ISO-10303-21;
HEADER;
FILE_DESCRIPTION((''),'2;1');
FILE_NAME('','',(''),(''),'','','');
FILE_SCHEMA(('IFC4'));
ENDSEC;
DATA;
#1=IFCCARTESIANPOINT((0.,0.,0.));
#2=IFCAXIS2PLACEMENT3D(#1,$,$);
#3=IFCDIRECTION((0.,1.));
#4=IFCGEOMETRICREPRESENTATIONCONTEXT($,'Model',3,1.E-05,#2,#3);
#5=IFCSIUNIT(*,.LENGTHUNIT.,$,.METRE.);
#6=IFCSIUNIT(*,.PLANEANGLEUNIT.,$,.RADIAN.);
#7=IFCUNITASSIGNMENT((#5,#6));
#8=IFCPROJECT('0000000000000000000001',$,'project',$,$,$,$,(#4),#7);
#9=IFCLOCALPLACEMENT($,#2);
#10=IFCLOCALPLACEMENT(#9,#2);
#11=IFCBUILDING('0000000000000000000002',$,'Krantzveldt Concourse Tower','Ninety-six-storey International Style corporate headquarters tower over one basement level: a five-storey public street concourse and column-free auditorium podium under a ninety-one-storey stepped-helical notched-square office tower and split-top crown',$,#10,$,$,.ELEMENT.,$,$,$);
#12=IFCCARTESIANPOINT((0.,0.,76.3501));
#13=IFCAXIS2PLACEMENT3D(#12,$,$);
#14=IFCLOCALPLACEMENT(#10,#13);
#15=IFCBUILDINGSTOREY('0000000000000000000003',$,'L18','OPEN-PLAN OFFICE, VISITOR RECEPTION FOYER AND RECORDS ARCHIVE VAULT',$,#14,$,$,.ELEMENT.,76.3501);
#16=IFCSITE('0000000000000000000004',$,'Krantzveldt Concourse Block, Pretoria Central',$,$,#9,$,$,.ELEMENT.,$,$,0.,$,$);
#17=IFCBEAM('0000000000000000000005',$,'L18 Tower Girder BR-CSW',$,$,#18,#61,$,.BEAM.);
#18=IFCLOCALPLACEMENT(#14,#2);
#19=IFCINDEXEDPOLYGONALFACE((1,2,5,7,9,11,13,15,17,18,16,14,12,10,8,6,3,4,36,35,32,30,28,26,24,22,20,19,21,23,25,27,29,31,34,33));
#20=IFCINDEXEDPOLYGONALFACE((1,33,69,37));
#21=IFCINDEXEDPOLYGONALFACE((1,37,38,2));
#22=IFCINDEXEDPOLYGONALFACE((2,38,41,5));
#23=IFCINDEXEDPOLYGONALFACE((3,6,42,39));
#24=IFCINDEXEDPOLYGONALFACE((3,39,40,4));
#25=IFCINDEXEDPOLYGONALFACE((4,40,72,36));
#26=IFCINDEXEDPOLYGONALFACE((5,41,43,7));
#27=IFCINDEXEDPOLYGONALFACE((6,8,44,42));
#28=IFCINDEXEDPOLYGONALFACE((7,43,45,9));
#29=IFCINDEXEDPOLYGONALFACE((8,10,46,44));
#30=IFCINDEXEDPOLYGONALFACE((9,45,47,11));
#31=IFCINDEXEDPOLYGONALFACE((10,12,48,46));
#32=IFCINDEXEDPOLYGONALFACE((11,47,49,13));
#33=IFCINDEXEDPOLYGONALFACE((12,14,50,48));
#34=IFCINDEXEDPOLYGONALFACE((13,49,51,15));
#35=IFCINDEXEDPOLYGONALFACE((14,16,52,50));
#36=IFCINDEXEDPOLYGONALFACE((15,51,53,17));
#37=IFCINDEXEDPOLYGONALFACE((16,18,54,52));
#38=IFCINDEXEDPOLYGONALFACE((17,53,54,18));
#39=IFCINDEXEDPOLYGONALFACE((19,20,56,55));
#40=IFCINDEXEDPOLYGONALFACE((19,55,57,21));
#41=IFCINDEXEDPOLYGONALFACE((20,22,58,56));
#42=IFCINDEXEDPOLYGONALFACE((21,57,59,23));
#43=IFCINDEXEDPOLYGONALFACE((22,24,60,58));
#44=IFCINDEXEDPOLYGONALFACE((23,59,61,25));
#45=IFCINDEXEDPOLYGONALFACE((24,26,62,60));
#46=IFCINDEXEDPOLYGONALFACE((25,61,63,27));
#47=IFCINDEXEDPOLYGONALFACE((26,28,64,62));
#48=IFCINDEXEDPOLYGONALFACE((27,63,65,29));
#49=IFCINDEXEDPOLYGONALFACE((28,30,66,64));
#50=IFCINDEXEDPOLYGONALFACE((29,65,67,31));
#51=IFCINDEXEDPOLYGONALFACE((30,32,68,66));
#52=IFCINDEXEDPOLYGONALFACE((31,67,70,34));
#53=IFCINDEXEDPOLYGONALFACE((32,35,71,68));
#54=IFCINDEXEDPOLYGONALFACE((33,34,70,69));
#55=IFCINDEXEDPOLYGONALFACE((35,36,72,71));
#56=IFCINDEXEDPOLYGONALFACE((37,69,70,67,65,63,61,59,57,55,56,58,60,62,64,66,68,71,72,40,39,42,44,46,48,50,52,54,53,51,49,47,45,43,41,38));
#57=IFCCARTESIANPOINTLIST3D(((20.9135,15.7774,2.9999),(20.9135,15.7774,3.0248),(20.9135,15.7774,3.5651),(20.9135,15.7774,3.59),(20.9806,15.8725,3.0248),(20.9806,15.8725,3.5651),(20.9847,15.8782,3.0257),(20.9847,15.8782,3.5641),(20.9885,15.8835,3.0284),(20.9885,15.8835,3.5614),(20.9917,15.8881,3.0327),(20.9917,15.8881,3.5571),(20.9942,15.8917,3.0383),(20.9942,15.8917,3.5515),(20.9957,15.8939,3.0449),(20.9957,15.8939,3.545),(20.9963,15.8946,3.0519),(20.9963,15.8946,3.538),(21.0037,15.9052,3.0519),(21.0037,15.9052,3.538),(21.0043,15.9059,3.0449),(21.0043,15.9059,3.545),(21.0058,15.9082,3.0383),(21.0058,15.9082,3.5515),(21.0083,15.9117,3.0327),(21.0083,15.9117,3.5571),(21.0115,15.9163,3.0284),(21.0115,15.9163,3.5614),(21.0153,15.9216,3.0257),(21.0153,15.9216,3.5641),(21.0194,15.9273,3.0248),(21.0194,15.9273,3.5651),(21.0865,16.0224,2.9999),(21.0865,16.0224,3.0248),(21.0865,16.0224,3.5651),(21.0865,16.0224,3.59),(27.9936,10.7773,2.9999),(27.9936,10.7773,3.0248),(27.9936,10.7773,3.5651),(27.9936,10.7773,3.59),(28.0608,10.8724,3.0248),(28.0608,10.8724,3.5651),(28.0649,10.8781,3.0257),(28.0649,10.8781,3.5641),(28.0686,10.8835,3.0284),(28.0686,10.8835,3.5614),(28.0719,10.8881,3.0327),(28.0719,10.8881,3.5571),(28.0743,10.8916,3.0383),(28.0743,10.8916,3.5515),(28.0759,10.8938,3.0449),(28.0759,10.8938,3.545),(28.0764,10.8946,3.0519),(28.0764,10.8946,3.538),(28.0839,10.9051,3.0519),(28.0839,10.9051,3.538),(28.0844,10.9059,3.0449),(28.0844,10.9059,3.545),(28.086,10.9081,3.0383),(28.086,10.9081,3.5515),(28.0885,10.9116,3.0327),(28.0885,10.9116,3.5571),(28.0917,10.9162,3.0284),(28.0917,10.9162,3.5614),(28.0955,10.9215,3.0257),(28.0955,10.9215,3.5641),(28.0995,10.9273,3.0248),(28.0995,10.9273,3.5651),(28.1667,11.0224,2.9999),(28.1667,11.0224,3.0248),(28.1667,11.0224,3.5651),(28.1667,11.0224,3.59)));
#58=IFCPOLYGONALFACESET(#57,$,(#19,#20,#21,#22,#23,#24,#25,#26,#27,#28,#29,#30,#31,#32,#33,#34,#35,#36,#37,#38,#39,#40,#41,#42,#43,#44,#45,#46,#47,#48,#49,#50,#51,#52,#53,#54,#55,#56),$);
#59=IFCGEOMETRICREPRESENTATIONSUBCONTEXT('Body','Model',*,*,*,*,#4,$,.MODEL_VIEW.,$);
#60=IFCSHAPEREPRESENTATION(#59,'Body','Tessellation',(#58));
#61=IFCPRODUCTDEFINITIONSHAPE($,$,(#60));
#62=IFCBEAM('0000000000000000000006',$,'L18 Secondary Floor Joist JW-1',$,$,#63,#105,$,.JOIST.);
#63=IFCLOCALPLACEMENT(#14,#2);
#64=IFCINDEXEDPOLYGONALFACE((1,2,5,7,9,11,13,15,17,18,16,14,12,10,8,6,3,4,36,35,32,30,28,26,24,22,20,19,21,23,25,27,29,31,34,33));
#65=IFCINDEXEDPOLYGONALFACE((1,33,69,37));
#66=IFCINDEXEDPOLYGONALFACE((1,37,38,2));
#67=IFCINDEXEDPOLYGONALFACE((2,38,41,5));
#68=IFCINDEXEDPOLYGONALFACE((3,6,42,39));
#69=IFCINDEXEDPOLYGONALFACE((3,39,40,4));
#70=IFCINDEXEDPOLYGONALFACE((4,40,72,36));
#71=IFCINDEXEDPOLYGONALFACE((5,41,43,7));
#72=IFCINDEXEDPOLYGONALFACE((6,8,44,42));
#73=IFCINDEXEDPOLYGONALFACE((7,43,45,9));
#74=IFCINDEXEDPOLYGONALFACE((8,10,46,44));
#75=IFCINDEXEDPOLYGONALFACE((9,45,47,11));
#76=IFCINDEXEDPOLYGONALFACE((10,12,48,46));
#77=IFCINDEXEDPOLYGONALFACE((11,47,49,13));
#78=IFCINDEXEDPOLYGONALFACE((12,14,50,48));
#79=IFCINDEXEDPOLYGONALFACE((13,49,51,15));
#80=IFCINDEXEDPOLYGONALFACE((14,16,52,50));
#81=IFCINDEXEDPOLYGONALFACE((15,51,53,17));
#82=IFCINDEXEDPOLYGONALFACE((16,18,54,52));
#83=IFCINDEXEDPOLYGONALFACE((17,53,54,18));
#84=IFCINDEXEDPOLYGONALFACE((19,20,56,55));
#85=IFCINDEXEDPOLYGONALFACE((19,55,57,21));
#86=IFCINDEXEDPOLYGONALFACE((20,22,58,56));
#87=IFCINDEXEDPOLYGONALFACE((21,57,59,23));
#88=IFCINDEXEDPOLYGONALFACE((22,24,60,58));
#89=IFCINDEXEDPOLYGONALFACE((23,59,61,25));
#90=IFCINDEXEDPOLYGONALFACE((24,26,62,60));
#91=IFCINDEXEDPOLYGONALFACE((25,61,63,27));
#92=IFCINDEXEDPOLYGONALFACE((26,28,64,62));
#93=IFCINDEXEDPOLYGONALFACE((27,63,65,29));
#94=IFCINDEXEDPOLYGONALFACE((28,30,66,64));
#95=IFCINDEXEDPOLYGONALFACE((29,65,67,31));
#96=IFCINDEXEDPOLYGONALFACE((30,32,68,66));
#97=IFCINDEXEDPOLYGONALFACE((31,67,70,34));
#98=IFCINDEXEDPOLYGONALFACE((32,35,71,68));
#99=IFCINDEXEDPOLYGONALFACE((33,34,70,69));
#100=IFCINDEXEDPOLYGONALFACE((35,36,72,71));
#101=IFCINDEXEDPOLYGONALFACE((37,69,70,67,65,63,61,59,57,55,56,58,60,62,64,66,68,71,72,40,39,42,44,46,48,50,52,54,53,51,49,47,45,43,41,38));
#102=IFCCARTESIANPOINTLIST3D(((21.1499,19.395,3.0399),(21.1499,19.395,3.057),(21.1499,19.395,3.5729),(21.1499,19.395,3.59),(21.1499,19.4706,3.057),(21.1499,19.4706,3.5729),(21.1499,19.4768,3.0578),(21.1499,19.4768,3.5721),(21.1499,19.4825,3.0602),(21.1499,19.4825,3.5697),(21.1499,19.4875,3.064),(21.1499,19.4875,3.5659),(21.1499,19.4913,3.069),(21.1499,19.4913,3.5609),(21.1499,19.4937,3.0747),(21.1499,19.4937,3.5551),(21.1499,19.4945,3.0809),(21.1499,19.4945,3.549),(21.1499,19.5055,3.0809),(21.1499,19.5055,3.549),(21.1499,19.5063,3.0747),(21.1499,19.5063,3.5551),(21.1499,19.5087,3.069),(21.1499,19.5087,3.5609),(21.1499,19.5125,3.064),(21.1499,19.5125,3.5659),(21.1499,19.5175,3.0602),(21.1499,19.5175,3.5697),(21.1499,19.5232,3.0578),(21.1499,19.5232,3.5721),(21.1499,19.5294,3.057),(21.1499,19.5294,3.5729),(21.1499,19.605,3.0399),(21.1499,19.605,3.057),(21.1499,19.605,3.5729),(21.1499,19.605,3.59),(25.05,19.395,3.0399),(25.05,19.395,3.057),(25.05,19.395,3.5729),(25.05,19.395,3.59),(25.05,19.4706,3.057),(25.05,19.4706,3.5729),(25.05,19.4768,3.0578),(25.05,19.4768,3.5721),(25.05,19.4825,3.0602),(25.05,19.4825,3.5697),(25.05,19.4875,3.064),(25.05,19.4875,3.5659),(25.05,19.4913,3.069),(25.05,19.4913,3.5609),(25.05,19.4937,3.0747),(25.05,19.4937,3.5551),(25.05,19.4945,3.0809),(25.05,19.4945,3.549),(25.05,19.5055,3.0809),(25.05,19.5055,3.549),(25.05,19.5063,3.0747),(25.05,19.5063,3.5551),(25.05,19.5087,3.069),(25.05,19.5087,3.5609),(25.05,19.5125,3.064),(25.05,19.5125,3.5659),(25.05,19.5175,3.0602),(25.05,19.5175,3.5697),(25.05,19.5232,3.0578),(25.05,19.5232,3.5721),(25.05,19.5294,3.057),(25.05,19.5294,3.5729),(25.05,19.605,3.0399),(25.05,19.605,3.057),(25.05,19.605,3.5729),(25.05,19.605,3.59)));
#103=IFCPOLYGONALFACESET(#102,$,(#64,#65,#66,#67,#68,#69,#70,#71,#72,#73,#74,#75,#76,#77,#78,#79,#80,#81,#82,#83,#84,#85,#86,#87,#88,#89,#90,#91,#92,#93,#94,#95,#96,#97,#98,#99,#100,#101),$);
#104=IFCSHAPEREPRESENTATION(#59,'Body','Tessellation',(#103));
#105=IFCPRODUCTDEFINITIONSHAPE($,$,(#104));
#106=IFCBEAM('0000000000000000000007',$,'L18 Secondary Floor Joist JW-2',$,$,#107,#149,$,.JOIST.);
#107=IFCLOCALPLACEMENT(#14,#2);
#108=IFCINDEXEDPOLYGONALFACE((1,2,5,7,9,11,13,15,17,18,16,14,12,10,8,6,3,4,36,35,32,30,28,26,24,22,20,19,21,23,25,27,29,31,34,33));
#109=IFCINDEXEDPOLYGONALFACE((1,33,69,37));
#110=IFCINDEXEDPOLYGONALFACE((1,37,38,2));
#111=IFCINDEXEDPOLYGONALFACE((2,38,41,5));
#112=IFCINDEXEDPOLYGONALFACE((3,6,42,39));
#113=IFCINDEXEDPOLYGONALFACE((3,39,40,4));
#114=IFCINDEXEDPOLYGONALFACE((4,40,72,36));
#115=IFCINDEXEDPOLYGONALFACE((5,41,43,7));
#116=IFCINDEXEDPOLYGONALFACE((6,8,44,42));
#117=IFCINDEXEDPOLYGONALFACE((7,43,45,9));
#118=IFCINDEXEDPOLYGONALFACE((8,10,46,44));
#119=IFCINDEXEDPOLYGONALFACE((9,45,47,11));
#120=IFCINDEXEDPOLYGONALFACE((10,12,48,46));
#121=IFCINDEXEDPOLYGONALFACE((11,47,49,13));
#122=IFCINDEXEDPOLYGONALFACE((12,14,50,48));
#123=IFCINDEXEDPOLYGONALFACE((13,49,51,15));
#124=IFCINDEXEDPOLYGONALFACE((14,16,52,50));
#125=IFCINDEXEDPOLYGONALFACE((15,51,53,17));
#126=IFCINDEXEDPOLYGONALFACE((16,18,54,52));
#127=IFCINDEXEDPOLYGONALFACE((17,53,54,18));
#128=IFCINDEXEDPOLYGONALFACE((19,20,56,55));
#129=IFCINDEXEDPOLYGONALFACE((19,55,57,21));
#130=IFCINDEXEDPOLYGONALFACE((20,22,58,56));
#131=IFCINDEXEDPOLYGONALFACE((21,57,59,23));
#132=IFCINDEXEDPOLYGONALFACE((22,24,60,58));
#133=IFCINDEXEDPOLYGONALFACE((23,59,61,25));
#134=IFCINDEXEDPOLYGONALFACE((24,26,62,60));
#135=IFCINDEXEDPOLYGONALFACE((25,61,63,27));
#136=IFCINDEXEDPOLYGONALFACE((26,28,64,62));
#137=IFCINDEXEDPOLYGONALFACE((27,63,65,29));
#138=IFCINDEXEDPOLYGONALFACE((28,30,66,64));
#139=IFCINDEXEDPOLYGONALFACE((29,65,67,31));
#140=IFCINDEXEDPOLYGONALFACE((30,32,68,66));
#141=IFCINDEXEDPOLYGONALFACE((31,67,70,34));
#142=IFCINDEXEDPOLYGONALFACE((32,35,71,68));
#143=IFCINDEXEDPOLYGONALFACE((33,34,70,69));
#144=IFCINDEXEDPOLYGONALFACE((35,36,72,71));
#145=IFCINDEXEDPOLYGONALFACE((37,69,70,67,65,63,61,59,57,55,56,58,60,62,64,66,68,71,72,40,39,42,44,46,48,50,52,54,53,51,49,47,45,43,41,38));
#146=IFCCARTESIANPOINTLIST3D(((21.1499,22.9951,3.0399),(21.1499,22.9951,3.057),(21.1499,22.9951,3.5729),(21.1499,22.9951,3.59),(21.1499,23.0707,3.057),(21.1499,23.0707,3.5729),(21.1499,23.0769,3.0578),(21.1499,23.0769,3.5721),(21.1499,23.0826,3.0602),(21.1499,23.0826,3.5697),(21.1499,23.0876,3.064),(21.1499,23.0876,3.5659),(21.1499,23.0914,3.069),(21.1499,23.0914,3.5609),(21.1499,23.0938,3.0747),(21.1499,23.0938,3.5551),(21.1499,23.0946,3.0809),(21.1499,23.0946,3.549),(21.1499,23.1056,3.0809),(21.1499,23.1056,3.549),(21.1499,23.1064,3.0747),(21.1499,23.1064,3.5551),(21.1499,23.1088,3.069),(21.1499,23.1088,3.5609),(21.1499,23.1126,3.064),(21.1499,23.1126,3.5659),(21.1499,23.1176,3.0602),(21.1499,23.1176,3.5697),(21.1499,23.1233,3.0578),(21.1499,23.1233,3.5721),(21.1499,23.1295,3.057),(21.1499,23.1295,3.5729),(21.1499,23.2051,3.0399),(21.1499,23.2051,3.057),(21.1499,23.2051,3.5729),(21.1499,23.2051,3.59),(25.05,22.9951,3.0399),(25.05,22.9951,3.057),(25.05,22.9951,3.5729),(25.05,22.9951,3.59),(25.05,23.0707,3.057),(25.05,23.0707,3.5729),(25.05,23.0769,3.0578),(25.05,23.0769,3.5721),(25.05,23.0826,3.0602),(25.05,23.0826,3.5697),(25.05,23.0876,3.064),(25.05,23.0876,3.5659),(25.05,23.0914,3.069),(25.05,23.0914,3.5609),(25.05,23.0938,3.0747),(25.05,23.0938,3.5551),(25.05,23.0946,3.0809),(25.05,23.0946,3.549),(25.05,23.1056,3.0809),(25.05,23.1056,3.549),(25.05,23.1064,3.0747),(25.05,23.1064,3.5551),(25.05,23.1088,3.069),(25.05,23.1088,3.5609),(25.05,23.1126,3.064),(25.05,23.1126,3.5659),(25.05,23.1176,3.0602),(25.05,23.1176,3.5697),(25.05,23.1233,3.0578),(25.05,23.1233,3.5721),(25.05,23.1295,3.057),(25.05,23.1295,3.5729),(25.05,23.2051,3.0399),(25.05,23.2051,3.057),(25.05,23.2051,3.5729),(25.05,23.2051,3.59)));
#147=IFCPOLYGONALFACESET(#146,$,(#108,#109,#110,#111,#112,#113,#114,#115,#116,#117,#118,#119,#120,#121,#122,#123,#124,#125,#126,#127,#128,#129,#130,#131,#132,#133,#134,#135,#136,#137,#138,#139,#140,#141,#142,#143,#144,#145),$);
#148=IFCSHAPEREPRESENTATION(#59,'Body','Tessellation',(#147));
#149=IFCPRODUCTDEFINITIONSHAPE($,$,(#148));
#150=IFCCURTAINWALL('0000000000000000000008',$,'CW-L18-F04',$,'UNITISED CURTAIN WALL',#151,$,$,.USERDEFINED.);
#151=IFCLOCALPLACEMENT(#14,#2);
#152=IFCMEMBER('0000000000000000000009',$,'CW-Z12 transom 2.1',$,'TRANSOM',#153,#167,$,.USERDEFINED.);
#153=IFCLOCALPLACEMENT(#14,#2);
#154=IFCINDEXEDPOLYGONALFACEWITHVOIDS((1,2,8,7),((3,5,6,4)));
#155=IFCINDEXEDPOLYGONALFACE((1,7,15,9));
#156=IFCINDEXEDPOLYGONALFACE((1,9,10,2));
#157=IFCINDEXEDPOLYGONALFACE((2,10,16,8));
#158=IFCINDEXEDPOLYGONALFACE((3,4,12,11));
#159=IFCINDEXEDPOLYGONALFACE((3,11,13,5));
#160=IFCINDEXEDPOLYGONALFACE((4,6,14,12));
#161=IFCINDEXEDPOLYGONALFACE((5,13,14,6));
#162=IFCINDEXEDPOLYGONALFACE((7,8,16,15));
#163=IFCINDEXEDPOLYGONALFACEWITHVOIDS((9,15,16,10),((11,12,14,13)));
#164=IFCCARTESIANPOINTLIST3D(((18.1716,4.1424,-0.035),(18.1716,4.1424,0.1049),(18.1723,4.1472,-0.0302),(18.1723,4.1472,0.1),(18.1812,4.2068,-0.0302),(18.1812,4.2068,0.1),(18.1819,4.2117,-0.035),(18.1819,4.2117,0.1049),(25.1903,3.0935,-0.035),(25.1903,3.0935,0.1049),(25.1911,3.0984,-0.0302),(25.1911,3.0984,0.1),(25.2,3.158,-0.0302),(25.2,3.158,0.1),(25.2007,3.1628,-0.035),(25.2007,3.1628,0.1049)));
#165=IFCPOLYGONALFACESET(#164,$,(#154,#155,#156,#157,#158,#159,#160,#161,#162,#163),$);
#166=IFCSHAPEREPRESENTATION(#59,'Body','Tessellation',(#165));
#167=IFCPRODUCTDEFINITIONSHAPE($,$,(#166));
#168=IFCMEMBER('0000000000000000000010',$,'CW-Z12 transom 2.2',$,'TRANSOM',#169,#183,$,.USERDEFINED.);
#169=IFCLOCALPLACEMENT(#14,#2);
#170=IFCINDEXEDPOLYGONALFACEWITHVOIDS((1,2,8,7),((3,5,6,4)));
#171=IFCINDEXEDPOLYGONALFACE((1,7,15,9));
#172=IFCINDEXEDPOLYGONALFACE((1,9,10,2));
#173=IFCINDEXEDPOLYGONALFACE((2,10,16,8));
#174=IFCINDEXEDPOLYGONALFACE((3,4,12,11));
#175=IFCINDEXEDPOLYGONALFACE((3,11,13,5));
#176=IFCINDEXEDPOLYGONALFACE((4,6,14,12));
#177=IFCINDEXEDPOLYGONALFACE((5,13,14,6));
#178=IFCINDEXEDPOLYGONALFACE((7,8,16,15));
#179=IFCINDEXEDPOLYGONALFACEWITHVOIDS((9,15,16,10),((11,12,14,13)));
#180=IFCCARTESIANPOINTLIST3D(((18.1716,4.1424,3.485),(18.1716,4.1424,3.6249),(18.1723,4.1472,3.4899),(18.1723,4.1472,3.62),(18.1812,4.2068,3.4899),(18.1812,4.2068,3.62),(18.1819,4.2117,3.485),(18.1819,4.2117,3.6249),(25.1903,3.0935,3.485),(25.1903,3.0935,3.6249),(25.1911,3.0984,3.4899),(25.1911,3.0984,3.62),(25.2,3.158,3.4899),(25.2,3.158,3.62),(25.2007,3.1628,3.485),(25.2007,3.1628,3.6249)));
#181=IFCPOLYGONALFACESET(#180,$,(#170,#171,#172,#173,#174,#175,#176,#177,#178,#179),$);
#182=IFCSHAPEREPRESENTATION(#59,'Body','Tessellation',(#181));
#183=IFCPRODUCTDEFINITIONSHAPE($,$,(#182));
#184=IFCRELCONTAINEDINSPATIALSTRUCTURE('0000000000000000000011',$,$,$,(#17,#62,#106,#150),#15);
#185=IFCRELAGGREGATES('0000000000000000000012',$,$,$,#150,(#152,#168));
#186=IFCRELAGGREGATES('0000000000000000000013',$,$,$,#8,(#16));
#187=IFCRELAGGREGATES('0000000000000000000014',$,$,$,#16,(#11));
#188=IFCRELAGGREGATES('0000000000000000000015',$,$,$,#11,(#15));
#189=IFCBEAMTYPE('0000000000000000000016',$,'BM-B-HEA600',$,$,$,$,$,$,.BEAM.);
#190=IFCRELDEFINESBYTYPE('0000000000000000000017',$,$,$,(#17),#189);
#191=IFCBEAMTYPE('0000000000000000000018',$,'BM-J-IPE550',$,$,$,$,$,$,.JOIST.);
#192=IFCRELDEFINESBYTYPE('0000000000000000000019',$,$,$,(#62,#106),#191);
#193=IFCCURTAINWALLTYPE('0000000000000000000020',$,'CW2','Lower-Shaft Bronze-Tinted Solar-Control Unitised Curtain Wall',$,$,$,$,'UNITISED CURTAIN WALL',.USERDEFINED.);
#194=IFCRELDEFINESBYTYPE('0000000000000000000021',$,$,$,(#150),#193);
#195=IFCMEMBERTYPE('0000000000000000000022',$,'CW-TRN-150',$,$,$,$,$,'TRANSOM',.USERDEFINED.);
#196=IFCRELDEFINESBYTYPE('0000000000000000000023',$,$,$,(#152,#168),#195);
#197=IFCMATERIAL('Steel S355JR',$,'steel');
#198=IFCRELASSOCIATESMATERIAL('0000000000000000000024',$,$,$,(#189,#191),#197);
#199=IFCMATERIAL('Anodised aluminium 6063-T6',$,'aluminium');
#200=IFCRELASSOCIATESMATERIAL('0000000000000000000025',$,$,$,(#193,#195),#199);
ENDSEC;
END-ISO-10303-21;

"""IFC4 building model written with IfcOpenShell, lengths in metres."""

from ifc_helpers import new_model, si_unit, direction, frame, origin, origin_2d, place, context, subcontext, project, spatial, hollow_rectangle, i_section, extrude, source, transform, mapped, material, material_profile, profile_set, type_object, type_shapes, element, aggregate, save


model = new_model("IFC4")

# Units and contexts
model_context = context("Model", 3, precision=1e-05, world=origin(), true_north=direction((0.0, 1.0)))
body_context = subcontext(model_context, "Body", "Model", "MODEL_VIEW")
ifc_project = project(units=[si_unit("LENGTHUNIT", "METRE"), si_unit("PLANEANGLEUNIT", "RADIAN")], contexts=[model_context])

# Site, building, storey
site_placement = place(None, origin())
site = spatial("IfcSite", under=ifc_project, at=site_placement, Name="Krantzveldt Concourse Block, Pretoria Central", CompositionType="ELEMENT", RefElevation=0.0)
building_placement = place(site_placement, origin())
building = spatial("IfcBuilding", under=site, at=building_placement, Name="Krantzveldt Concourse Tower", Description="Ninety-six-storey International Style corporate headquarters tower over one basement level: a five-storey public street concourse and column-free auditorium podium under a ninety-one-storey stepped-helical notched-square office tower and split-top crown", CompositionType="ELEMENT")
storey_placement = place(building_placement, frame((0.0, 0.0, 76.3501)))
storey = spatial("IfcBuildingStorey", under=building, at=storey_placement, Name="L18", Description="OPEN-PLAN OFFICE, VISITOR RECEPTION FOYER AND RECORDS ARCHIVE VAULT", CompositionType="ELEMENT", Elevation=76.3501)

# Beams
ifc_material_1 = material(Name="Steel S355JR", Category="steel")
ifc_material_profile_1 = material_profile(ifc_material_1, i_section(OverallWidth=0.3, OverallDepth=0.5901, WebThickness=0.0129, FlangeThickness=0.0249, FilletRadius=0.0271, at=origin_2d()), Name="Steel S355JR", Category="steel")
ifc_profile_set_1 = profile_set([ifc_material_profile_1], Name="Steel S355JR - HEA 600")
beam_type_1 = type_object("IfcBeamType", Name="BM-B-HEA600", PredefinedType="BEAM", material=ifc_profile_set_1)
shared_shape_1 = source(origin(), body_context, "Body", "SweptSolid", [
    extrude(i_section(OverallWidth=0.3, OverallDepth=0.5901, WebThickness=0.0129, FlangeThickness=0.0249, FilletRadius=0.0271, at=origin_2d()), origin(), (0.0, 0.0, 1.0), 8.6677),
])
beam_1_placement = place(storey_placement, frame((21.0, 15.8999, 3.2949), z_axis=(0.816843, -0.57686, 0.0), x_axis=(0.57686, 0.816843, 0.0)))
element("IfcBeam", 1, at=beam_1_placement, inside=storey, type_object=beam_type_1, Name="L18 Tower Girder BR-CSW", PredefinedType="BEAM", context=body_context, shape_type="MappedRepresentation", body=[
    mapped(shared_shape_1, transform((0.0, 0.0, 0.0), x_axis=(1.0, 0.0, 0.0), y_axis=(0.0, 1.0, 0.0), z_axis=(0.0, 0.0, 1.0), scale=1.0)),
])
ifc_material_profile_2 = material_profile(ifc_material_1, i_section(OverallWidth=0.21, OverallDepth=0.55, WebThickness=0.011, FlangeThickness=0.0171, FilletRadius=0.0239, at=origin_2d()), Name="Steel S355JR", Category="steel")
ifc_profile_set_2 = profile_set([ifc_material_profile_2], Name="Steel S355JR - IPE 550")
beam_type_2 = type_object("IfcBeamType", Name="BM-J-IPE550", PredefinedType="JOIST", material=ifc_profile_set_2)
shared_shape_2 = source(origin(), body_context, "Body", "SweptSolid", [
    extrude(i_section(OverallWidth=0.21, OverallDepth=0.55, WebThickness=0.011, FlangeThickness=0.0171, FilletRadius=0.0239, at=origin_2d()), origin(), (0.0, 0.0, 1.0), 3.9001),
])
type_shapes(beam_type_2, [shared_shape_2])
for number, where, z_axis, x_axis, name in (
    (2, (21.1499, 19.5, 3.3149), (1.0, 0.0, 0.0), (0.0, 1.0, 0.0), "L18 Secondary Floor Joist JW-1"),
    (3, (21.1499, 23.1001, 3.3149), (1.0, 0.0, 0.0), (0.0, 1.0, 0.0), "L18 Secondary Floor Joist JW-2"),
):
    element("IfcBeam", number, at=place(storey_placement, frame(where, z_axis=z_axis, x_axis=x_axis)), inside=storey, type_object=beam_type_2, Name=name, PredefinedType="JOIST", context=body_context, shape_type="MappedRepresentation", body=[
        mapped(shared_shape_2, transform((0.0, 0.0, 0.0), x_axis=(1.0, 0.0, 0.0), y_axis=(0.0, 1.0, 0.0), z_axis=(0.0, 0.0, 1.0), scale=1.0)),
    ])

# Curtain wall, members
ifc_material_2 = material(Name="Anodised aluminium 6063-T6", Category="aluminium")
curtain_wall_type = type_object("IfcCurtainWallType", Name="CW2", Description="Lower-Shaft Bronze-Tinted Solar-Control Unitised Curtain Wall", ElementType="UNITISED CURTAIN WALL", PredefinedType="USERDEFINED", material=ifc_material_2)
curtain_wall_1_placement = place(storey_placement, origin())
curtain_wall_1 = element("IfcCurtainWall", 4, at=curtain_wall_1_placement, inside=storey, type_object=curtain_wall_type, Name="CW-L18-F04", ObjectType="UNITISED CURTAIN WALL", PredefinedType="USERDEFINED")
ifc_material_profile_3 = material_profile(ifc_material_2, hollow_rectangle(XDim=0.0701, YDim=0.1399, WallThickness=0.0049, at=origin_2d()), Name="Anodised aluminium 6063-T6", Category="aluminium")
ifc_profile_set_3 = profile_set([ifc_material_profile_3], Name="Anodised aluminium 6063-T6 - ALU-TRAN 140x70x5")
member_type_1 = type_object("IfcMemberType", Name="CW-TRN-150", ElementType="TRANSOM", PredefinedType="USERDEFINED", material=ifc_profile_set_3)
shared_shape_3 = source(origin(), body_context, "Body", "SweptSolid", [
    extrude(hollow_rectangle(XDim=0.0701, YDim=0.1399, WallThickness=0.0049, at=origin_2d()), origin(), (0.0, 0.0, 1.0), 7.0967),
])
member_1_placement = place(storey_placement, frame((18.1768, 4.177, 0.0349), z_axis=(0.989019, -0.14779, 0.0), x_axis=(0.14779, 0.989019, 0.0)))
member_1 = element("IfcMember", 5, at=member_1_placement, type_object=member_type_1, Name="CW-Z12 transom 2.1", ObjectType="TRANSOM", PredefinedType="USERDEFINED", context=body_context, shape_type="MappedRepresentation", body=[
    mapped(shared_shape_3, transform((0.0, 0.0, 0.0), x_axis=(1.0, 0.0, 0.0), y_axis=(0.0, 1.0, 0.0), z_axis=(0.0, 0.0, 1.0), scale=1.0)),
])
member_2_placement = place(storey_placement, frame((18.1768, 4.177, 3.5549), z_axis=(0.989019, -0.14779, 0.0), x_axis=(0.14779, 0.989019, 0.0)))
member_2 = element("IfcMember", 6, at=member_2_placement, type_object=member_type_1, Name="CW-Z12 transom 2.2", ObjectType="TRANSOM", PredefinedType="USERDEFINED", context=body_context, shape_type="MappedRepresentation", body=[
    mapped(shared_shape_3, transform((0.0, 0.0, 0.0), x_axis=(1.0, 0.0, 0.0), y_axis=(0.0, 1.0, 0.0), z_axis=(0.0, 0.0, 1.0), scale=1.0)),
])

aggregate(curtain_wall_1, [member_1, member_2])

save(model, "model.ifc")
